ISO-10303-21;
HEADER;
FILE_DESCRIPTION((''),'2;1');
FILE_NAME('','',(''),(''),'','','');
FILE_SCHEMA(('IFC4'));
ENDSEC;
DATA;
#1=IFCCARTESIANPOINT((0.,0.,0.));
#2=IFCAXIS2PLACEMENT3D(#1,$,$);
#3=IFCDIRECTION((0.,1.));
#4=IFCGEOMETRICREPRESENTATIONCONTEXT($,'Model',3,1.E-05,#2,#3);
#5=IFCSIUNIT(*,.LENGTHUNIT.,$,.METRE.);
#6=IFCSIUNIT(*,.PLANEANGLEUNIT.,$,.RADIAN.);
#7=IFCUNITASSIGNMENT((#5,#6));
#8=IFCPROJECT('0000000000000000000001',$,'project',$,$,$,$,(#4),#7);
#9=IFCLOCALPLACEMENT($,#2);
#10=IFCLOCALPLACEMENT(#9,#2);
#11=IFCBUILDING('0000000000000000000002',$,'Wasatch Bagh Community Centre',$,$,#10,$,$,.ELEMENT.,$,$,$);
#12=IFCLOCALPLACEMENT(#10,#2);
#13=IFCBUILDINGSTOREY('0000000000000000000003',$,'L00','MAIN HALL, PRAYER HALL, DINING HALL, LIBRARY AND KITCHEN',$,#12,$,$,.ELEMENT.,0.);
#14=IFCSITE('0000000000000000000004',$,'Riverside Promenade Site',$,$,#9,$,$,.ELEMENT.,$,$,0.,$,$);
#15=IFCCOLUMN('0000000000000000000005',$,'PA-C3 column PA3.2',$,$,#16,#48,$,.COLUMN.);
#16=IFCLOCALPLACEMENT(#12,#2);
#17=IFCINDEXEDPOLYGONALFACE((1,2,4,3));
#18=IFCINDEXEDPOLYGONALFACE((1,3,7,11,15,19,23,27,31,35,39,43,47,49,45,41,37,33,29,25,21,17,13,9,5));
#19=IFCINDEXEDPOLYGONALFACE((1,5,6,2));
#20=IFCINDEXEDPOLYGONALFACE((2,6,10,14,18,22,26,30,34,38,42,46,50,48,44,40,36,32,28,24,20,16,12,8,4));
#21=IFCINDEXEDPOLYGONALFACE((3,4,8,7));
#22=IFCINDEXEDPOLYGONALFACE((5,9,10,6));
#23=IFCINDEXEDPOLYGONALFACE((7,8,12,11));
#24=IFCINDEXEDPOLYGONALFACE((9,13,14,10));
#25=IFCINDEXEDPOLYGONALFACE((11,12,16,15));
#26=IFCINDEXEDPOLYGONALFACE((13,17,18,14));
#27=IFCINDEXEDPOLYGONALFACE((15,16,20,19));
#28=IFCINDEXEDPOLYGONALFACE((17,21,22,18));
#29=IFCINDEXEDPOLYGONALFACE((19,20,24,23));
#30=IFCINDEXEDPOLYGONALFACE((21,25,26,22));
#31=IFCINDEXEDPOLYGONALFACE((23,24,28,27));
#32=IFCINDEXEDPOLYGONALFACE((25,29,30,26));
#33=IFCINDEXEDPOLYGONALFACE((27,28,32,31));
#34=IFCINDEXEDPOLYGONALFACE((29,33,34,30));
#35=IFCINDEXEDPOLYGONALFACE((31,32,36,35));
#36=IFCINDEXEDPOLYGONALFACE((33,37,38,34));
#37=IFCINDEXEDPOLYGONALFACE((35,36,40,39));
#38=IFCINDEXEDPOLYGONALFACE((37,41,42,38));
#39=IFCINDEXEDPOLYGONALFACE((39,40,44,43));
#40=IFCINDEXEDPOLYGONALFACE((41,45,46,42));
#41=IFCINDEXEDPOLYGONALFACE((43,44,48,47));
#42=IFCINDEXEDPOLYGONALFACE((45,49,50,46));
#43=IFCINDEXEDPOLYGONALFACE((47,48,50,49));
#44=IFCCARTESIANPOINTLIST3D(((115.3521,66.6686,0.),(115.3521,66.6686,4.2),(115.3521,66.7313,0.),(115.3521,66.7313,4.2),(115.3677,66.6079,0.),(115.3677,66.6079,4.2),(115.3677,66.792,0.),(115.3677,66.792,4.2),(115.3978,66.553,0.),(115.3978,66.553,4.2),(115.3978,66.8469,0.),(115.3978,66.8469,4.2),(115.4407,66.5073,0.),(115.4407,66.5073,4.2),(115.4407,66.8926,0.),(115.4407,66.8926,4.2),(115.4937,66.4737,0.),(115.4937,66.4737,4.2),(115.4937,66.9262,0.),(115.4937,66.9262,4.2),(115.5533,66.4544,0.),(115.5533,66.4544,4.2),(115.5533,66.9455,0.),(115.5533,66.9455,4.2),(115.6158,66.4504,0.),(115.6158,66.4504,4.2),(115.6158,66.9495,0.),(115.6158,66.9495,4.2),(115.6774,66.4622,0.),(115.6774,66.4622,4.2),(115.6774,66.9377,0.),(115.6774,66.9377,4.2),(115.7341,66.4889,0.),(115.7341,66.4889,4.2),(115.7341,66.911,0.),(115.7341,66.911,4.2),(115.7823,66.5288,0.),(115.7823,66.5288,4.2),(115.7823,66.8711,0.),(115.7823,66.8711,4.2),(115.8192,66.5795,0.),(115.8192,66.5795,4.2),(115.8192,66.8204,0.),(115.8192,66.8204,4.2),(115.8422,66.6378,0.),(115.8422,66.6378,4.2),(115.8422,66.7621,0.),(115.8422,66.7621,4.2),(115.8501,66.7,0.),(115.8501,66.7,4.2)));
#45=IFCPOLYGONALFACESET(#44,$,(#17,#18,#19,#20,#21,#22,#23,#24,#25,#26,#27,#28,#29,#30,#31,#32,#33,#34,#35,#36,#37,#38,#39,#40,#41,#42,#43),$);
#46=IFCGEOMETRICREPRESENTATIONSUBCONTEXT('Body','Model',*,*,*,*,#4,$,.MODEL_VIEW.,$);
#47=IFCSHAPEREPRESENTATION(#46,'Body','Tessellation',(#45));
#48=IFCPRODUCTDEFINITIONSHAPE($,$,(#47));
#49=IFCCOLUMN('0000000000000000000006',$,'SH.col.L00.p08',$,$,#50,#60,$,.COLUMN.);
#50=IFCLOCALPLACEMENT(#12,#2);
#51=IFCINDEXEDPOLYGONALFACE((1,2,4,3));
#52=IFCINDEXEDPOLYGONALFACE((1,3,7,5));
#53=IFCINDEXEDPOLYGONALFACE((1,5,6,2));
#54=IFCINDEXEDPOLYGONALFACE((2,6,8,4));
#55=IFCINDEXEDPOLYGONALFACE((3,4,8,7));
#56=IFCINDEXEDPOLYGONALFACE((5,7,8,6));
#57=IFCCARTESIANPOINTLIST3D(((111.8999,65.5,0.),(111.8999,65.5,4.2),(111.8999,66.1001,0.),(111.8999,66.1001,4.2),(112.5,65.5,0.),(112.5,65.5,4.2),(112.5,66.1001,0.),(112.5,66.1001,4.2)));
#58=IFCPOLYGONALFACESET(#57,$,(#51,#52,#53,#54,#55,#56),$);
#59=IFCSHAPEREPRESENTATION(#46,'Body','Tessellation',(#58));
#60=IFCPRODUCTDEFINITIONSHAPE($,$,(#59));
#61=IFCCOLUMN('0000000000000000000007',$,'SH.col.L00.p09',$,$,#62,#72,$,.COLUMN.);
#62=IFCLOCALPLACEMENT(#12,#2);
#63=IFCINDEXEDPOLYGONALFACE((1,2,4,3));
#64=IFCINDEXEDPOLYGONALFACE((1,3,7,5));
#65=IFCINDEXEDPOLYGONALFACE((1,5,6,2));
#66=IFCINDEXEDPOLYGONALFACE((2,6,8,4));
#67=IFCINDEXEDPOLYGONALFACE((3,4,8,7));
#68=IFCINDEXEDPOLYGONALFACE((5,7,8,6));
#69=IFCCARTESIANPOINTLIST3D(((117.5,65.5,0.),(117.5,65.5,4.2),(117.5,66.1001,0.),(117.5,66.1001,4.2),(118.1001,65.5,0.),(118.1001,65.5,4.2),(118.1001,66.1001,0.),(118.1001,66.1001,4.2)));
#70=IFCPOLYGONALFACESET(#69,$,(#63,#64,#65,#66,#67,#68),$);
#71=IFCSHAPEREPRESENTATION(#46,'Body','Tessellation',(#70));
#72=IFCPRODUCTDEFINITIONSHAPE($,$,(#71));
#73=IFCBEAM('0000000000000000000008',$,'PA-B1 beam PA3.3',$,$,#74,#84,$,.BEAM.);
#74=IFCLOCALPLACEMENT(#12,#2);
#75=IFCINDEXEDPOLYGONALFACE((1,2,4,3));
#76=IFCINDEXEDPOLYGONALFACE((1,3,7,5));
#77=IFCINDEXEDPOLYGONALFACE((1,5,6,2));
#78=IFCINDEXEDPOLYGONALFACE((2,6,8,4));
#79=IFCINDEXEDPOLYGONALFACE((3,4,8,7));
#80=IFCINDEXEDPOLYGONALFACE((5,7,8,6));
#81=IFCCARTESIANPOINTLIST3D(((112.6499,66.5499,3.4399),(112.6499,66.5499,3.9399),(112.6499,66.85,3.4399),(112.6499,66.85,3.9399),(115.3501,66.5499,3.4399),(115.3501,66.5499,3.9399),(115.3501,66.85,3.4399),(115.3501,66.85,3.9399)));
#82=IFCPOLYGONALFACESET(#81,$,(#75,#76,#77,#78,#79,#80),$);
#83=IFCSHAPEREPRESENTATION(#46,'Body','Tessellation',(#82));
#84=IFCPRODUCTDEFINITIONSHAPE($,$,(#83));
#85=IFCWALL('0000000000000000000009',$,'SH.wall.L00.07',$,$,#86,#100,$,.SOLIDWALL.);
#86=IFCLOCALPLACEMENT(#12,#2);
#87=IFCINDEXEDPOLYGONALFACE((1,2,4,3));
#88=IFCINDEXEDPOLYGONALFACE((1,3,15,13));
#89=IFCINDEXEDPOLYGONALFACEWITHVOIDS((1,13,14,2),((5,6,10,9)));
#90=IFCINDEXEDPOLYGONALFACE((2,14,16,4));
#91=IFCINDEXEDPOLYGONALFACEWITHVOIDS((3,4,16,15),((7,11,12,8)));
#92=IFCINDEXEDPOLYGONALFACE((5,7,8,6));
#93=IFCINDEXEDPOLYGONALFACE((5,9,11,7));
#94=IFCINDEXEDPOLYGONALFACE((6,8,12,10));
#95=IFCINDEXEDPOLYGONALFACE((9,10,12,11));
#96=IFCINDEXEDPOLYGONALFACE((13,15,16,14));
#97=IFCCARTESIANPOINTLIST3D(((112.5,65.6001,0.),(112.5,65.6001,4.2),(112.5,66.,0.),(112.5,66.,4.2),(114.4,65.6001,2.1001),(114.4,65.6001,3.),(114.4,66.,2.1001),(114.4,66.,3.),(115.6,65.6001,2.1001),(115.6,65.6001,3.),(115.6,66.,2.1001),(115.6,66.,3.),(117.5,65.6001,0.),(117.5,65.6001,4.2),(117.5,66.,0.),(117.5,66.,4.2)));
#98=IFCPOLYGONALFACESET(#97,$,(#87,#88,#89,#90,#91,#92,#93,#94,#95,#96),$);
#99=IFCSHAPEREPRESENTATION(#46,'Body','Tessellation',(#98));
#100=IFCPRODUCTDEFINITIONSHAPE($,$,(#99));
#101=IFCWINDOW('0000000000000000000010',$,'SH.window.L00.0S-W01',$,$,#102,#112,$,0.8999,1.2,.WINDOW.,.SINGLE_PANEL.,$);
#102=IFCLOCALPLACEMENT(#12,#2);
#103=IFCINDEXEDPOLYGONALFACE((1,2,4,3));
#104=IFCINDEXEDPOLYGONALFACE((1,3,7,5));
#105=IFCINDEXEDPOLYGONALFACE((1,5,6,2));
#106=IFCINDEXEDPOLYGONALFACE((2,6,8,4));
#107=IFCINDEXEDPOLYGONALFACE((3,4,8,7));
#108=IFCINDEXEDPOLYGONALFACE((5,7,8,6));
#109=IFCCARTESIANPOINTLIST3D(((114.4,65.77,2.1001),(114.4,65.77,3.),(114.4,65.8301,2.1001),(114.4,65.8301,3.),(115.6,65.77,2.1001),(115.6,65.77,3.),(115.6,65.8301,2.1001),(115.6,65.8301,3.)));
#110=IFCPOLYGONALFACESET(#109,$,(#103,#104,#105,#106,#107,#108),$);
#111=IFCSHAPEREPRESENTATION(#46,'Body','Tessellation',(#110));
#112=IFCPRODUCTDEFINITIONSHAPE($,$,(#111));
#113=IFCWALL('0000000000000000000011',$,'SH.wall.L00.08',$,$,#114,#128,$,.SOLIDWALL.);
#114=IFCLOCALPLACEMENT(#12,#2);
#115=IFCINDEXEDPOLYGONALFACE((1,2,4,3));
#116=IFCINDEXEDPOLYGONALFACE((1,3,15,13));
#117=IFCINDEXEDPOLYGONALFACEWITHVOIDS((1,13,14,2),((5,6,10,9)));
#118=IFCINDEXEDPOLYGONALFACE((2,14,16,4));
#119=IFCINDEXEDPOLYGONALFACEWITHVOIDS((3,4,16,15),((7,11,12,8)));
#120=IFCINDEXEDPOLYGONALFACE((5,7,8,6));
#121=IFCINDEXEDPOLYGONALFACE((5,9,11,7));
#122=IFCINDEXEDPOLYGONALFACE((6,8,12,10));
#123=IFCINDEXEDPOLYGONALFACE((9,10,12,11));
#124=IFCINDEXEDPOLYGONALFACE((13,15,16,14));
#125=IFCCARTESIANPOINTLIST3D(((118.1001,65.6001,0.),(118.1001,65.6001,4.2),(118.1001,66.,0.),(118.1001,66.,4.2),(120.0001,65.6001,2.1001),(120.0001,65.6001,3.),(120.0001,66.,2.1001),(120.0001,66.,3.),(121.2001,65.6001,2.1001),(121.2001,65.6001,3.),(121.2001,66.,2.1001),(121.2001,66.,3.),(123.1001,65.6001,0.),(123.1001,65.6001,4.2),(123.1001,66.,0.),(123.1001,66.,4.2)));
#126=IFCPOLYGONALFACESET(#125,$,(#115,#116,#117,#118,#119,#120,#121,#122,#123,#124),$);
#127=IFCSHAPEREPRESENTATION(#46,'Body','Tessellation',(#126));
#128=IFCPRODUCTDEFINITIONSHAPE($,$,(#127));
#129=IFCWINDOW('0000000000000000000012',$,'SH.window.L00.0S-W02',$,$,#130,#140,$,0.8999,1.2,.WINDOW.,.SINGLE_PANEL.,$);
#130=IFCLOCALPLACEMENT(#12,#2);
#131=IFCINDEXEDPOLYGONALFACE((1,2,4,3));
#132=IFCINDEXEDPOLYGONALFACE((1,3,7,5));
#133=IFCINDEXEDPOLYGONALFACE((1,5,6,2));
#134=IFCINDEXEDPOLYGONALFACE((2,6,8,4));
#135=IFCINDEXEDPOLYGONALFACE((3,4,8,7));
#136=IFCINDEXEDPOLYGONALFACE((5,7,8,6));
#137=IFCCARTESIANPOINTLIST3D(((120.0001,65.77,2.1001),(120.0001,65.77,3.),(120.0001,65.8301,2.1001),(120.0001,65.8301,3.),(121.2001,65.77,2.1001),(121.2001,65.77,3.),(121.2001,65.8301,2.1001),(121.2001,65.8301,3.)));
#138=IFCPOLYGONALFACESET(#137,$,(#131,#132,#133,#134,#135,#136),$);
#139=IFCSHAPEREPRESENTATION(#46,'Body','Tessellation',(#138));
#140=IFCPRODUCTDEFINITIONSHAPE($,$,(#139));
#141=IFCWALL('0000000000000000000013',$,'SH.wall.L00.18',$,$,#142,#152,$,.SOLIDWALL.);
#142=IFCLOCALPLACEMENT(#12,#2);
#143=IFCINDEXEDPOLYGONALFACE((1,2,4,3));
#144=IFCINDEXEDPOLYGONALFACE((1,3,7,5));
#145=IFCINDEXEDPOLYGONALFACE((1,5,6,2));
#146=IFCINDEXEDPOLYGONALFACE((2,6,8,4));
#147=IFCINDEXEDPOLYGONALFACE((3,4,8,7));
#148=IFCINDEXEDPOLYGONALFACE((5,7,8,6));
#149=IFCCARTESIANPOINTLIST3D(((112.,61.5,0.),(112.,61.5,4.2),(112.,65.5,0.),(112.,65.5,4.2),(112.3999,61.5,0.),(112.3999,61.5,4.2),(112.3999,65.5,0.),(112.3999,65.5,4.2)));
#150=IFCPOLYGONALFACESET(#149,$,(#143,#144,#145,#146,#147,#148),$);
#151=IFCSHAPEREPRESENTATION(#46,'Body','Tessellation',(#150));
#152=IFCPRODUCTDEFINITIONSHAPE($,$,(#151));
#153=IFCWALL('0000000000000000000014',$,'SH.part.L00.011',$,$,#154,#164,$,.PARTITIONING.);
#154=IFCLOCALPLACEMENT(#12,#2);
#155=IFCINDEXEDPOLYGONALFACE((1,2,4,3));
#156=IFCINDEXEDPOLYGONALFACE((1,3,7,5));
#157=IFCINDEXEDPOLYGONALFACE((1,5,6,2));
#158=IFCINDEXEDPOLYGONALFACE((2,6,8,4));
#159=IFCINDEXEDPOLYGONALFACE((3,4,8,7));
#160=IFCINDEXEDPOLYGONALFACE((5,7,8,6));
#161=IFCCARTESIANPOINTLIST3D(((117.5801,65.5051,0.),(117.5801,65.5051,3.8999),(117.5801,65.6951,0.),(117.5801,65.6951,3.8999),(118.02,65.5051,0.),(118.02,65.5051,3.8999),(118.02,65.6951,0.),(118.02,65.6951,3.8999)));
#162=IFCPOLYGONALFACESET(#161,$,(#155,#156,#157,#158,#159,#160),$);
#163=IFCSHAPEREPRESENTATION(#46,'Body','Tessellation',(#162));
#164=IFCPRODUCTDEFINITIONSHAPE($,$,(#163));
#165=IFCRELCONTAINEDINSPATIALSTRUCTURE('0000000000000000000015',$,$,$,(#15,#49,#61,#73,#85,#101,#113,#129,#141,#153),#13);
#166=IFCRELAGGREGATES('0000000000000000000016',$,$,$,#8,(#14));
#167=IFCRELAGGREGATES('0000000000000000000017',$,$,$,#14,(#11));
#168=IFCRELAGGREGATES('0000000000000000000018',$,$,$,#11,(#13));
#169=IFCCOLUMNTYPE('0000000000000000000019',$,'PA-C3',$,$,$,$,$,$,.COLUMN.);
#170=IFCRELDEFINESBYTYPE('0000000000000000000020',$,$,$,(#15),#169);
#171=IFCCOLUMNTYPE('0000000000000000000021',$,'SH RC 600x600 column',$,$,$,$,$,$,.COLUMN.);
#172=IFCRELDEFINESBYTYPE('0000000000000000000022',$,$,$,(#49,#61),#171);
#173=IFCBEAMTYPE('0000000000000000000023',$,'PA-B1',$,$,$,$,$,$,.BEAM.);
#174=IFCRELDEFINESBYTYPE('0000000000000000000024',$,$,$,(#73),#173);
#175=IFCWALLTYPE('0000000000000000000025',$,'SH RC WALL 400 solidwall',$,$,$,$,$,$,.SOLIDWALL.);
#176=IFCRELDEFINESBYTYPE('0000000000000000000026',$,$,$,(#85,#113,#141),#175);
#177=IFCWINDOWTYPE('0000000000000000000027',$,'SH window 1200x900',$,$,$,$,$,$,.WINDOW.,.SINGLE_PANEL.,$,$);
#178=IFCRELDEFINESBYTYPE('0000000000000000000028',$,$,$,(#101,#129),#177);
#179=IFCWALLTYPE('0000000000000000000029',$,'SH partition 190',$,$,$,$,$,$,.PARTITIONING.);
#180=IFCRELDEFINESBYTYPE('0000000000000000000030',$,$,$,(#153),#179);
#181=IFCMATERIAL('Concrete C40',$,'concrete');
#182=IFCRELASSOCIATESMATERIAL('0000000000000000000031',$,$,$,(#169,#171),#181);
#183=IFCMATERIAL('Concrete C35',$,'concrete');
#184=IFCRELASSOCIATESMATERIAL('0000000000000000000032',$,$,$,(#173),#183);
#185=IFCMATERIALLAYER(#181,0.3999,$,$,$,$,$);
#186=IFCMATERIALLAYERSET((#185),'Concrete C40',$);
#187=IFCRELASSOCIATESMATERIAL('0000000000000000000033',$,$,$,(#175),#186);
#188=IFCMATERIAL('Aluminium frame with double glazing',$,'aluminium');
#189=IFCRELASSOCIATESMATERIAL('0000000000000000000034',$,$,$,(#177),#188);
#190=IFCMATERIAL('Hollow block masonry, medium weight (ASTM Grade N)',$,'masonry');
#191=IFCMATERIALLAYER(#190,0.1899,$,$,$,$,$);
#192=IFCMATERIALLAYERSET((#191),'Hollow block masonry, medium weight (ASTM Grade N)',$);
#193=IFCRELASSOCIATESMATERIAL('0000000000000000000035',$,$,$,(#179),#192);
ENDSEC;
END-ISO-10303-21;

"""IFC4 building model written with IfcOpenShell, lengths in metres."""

from ifc_helpers import new_model, si_unit, direction, frame, frame_2d, origin, origin_2d, place, context, subcontext, project, spatial, rectangle, circle, extrude, material, layer, layer_set, material_profile, profile_set, type_object, element, fill, save


model = new_model("IFC4")

# Units and contexts
model_context = context("Model", 3, precision=1e-05, world=origin(), true_north=direction((0.0, 1.0)))
body_context = subcontext(model_context, "Body", "Model", "MODEL_VIEW")
ifc_project = project(units=[si_unit("LENGTHUNIT", "METRE"), si_unit("PLANEANGLEUNIT", "RADIAN")], contexts=[model_context])

# Site, building, storey
site_placement = place(None, origin())
site = spatial("IfcSite", under=ifc_project, at=site_placement, Name="Riverside Promenade Site", CompositionType="ELEMENT", RefElevation=0.0)
building_placement = place(site_placement, origin())
building = spatial("IfcBuilding", under=site, at=building_placement, Name="Wasatch Bagh Community Centre", CompositionType="ELEMENT")
storey_placement = place(building_placement, origin())
storey = spatial("IfcBuildingStorey", under=building, at=storey_placement, Name="L00", Description="MAIN HALL, PRAYER HALL, DINING HALL, LIBRARY AND KITCHEN", CompositionType="ELEMENT", Elevation=0.0)

# Shared definitions
ifc_material_1 = material(Name="Concrete C35", Category="concrete")

# Columns
ifc_material_2 = material(Name="Concrete C40", Category="concrete")
ifc_material_profile_1 = material_profile(ifc_material_2, circle(Radius=0.25, at=origin_2d()), Name="RC D500")
ifc_profile_set_1 = profile_set([ifc_material_profile_1], Name="Concrete C40")
column_type_1 = type_object("IfcColumnType", Name="PA-C3", PredefinedType="COLUMN", material=ifc_profile_set_1)
for number, where, z_axis, x_axis, name in (
    (1, (115.6001, 66.7, 0.0), (0.0, 0.0, 1.0), (1.0, 0.0, 0.0), "PA-C3 column PA3.2"),
):
    element("IfcColumn", number, at=place(storey_placement, frame(where, z_axis=z_axis, x_axis=x_axis)), inside=storey, type_object=column_type_1, Name=name, PredefinedType="COLUMN", context=body_context, shape_type="SweptSolid", body=[
        extrude(circle(Radius=0.25, at=origin_2d()), origin(), (0.0, 0.0, 1.0), 4.2),
    ])
ifc_material_profile_2 = material_profile(ifc_material_2, rectangle(XDim=0.6001, YDim=0.6001, at=origin_2d()), Name="RC 600x600")
ifc_profile_set_2 = profile_set([ifc_material_profile_2], Name="Concrete C40")
column_type_2 = type_object("IfcColumnType", Name="SH RC 600x600 column", PredefinedType="COLUMN", material=ifc_profile_set_2)
for number, where, z_axis, x_axis, name in (
    (2, (112.2, 65.8, 0.0), (0.0, 0.0, 1.0), (1.0, 0.0, 0.0), "SH.col.L00.p08"),
    (3, (117.8, 65.8, 0.0), (0.0, 0.0, 1.0), (1.0, 0.0, 0.0), "SH.col.L00.p09"),
):
    element("IfcColumn", number, at=place(storey_placement, frame(where, z_axis=z_axis, x_axis=x_axis)), inside=storey, type_object=column_type_2, Name=name, PredefinedType="COLUMN", context=body_context, shape_type="SweptSolid", body=[
        extrude(rectangle(XDim=0.6001, YDim=0.6001, at=origin_2d()), origin(), (0.0, 0.0, 1.0), 4.2),
    ])

# Beam
ifc_material_profile_3 = material_profile(ifc_material_1, rectangle(XDim=0.3, YDim=0.5, at=origin_2d()), Name="RC 300x500")
ifc_profile_set_3 = profile_set([ifc_material_profile_3], Name="Concrete C35")
beam_type = type_object("IfcBeamType", Name="PA-B1", PredefinedType="BEAM", material=ifc_profile_set_3)
beam_placement = place(storey_placement, frame((112.6499, 66.7, 3.6899), z_axis=(1.0, 0.0, 0.0), x_axis=(0.0, 1.0, 0.0)))
element("IfcBeam", 4, at=beam_placement, inside=storey, type_object=beam_type, Name="PA-B1 beam PA3.3", PredefinedType="BEAM", context=body_context, shape_type="SweptSolid", body=[
    extrude(rectangle(XDim=0.3, YDim=0.5, at=origin_2d()), origin(), (0.0, 0.0, 1.0), 2.7002),
])

# Walls, openings, windows
ifc_layer_1 = layer(ifc_material_2, 0.3999)
ifc_layer_set_1 = layer_set([ifc_layer_1], Name="Concrete C40")
wall_type_1 = type_object("IfcWallType", Name="SH RC WALL 400 solidwall", PredefinedType="SOLIDWALL", material=ifc_layer_set_1)
wall_1_placement = place(storey_placement, frame((112.5, 65.8, 0.0), z_axis=(0.0, 0.0, 1.0), x_axis=(1.0, 0.0, 0.0)))
wall_1 = element("IfcWall", 5, at=wall_1_placement, inside=storey, type_object=wall_type_1, Name="SH.wall.L00.07", PredefinedType="SOLIDWALL", context=body_context, shape_type="SweptSolid", body=[
    extrude(rectangle(XDim=5.0, YDim=0.3999, at=frame_2d((2.5, 0.0))), origin(), (0.0, 0.0, 1.0), 4.2),
])
opening_1_placement = place(wall_1_placement, frame((1.8999, 0.0, 2.1001)))
opening_1 = element("IfcOpeningElement", 6, at=opening_1_placement, cuts=wall_1, PredefinedType="OPENING", context=body_context, shape_type="SweptSolid", body=[
    extrude(rectangle(XDim=1.2, YDim=0.8999, at=frame_2d((0.6001, 0.45))), frame((0.0, 0.21, 0.0), z_axis=(0.0, -1.0, 0.0), x_axis=(1.0, 0.0, 0.0)), (0.0, 0.0, 1.0), 0.4199),
])
ifc_material_3 = material(Name="Aluminium frame with double glazing", Category="aluminium")
window_type = type_object("IfcWindowType", Name="SH window 1200x900", PartitioningType="SINGLE_PANEL", PredefinedType="WINDOW", material=ifc_material_3)
window_1_placement = place(opening_1_placement, origin())
window_1 = element("IfcWindow", 7, at=window_1_placement, inside=storey, type_object=window_type, Name="SH.window.L00.0S-W01", OverallHeight=0.8999, OverallWidth=1.2, PartitioningType="SINGLE_PANEL", PredefinedType="WINDOW", context=body_context, shape_type="SweptSolid", body=[
    extrude(rectangle(XDim=1.2, YDim=0.8999, at=frame_2d((0.6001, 0.45))), frame((0.0, 0.03, 0.0), z_axis=(0.0, -1.0, 0.0), x_axis=(1.0, 0.0, 0.0)), (0.0, 0.0, 1.0), 0.0601),
])
fill(opening_1, window_1)
wall_2_placement = place(storey_placement, frame((118.1001, 65.8, 0.0), z_axis=(0.0, 0.0, 1.0), x_axis=(1.0, 0.0, 0.0)))
wall_2 = element("IfcWall", 8, at=wall_2_placement, inside=storey, type_object=wall_type_1, Name="SH.wall.L00.08", PredefinedType="SOLIDWALL", context=body_context, shape_type="SweptSolid", body=[
    extrude(rectangle(XDim=5.0, YDim=0.3999, at=frame_2d((2.5, 0.0))), origin(), (0.0, 0.0, 1.0), 4.2),
])
opening_2_placement = place(wall_2_placement, frame((1.8999, 0.0, 2.1001)))
opening_2 = element("IfcOpeningElement", 9, at=opening_2_placement, cuts=wall_2, PredefinedType="OPENING", context=body_context, shape_type="SweptSolid", body=[
    extrude(rectangle(XDim=1.2, YDim=0.8999, at=frame_2d((0.6001, 0.45))), frame((0.0, 0.21, 0.0), z_axis=(0.0, -1.0, 0.0), x_axis=(1.0, 0.0, 0.0)), (0.0, 0.0, 1.0), 0.4199),
])
window_2_placement = place(opening_2_placement, origin())
window_2 = element("IfcWindow", 10, at=window_2_placement, inside=storey, type_object=window_type, Name="SH.window.L00.0S-W02", OverallHeight=0.8999, OverallWidth=1.2, PartitioningType="SINGLE_PANEL", PredefinedType="WINDOW", context=body_context, shape_type="SweptSolid", body=[
    extrude(rectangle(XDim=1.2, YDim=0.8999, at=frame_2d((0.6001, 0.45))), frame((0.0, 0.03, 0.0), z_axis=(0.0, -1.0, 0.0), x_axis=(1.0, 0.0, 0.0)), (0.0, 0.0, 1.0), 0.0601),
])
fill(opening_2, window_2)

# Walls
wall_3_placement = place(storey_placement, frame((112.2, 61.5, 0.0), z_axis=(0.0, 0.0, 1.0), x_axis=(0.0, 1.0, 0.0)))
element("IfcWall", 11, at=wall_3_placement, inside=storey, type_object=wall_type_1, Name="SH.wall.L00.18", PredefinedType="SOLIDWALL", context=body_context, shape_type="SweptSolid", body=[
    extrude(rectangle(XDim=4.0, YDim=0.3999, at=frame_2d((2.0, 0.0))), origin(), (0.0, 0.0, 1.0), 4.2),
])
ifc_material_4 = material(Name="Hollow block masonry, medium weight (ASTM Grade N)", Category="masonry")
ifc_layer_2 = layer(ifc_material_4, 0.1899)
ifc_layer_set_2 = layer_set([ifc_layer_2], Name="Hollow block masonry, medium weight (ASTM Grade N)")
wall_type_2 = type_object("IfcWallType", Name="SH partition 190", PredefinedType="PARTITIONING", material=ifc_layer_set_2)
wall_4_placement = place(storey_placement, frame((118.02, 65.6001, 0.0), z_axis=(0.0, 0.0, 1.0), x_axis=(-1.0, 0.0, 0.0)))
element("IfcWall", 12, at=wall_4_placement, inside=storey, type_object=wall_type_2, Name="SH.part.L00.011", PredefinedType="PARTITIONING", context=body_context, shape_type="SweptSolid", body=[
    extrude(rectangle(XDim=0.4399, YDim=0.1899, at=frame_2d((0.22, 0.0))), origin(), (0.0, 0.0, 1.0), 3.8999),
])

save(model, "model.ifc")
